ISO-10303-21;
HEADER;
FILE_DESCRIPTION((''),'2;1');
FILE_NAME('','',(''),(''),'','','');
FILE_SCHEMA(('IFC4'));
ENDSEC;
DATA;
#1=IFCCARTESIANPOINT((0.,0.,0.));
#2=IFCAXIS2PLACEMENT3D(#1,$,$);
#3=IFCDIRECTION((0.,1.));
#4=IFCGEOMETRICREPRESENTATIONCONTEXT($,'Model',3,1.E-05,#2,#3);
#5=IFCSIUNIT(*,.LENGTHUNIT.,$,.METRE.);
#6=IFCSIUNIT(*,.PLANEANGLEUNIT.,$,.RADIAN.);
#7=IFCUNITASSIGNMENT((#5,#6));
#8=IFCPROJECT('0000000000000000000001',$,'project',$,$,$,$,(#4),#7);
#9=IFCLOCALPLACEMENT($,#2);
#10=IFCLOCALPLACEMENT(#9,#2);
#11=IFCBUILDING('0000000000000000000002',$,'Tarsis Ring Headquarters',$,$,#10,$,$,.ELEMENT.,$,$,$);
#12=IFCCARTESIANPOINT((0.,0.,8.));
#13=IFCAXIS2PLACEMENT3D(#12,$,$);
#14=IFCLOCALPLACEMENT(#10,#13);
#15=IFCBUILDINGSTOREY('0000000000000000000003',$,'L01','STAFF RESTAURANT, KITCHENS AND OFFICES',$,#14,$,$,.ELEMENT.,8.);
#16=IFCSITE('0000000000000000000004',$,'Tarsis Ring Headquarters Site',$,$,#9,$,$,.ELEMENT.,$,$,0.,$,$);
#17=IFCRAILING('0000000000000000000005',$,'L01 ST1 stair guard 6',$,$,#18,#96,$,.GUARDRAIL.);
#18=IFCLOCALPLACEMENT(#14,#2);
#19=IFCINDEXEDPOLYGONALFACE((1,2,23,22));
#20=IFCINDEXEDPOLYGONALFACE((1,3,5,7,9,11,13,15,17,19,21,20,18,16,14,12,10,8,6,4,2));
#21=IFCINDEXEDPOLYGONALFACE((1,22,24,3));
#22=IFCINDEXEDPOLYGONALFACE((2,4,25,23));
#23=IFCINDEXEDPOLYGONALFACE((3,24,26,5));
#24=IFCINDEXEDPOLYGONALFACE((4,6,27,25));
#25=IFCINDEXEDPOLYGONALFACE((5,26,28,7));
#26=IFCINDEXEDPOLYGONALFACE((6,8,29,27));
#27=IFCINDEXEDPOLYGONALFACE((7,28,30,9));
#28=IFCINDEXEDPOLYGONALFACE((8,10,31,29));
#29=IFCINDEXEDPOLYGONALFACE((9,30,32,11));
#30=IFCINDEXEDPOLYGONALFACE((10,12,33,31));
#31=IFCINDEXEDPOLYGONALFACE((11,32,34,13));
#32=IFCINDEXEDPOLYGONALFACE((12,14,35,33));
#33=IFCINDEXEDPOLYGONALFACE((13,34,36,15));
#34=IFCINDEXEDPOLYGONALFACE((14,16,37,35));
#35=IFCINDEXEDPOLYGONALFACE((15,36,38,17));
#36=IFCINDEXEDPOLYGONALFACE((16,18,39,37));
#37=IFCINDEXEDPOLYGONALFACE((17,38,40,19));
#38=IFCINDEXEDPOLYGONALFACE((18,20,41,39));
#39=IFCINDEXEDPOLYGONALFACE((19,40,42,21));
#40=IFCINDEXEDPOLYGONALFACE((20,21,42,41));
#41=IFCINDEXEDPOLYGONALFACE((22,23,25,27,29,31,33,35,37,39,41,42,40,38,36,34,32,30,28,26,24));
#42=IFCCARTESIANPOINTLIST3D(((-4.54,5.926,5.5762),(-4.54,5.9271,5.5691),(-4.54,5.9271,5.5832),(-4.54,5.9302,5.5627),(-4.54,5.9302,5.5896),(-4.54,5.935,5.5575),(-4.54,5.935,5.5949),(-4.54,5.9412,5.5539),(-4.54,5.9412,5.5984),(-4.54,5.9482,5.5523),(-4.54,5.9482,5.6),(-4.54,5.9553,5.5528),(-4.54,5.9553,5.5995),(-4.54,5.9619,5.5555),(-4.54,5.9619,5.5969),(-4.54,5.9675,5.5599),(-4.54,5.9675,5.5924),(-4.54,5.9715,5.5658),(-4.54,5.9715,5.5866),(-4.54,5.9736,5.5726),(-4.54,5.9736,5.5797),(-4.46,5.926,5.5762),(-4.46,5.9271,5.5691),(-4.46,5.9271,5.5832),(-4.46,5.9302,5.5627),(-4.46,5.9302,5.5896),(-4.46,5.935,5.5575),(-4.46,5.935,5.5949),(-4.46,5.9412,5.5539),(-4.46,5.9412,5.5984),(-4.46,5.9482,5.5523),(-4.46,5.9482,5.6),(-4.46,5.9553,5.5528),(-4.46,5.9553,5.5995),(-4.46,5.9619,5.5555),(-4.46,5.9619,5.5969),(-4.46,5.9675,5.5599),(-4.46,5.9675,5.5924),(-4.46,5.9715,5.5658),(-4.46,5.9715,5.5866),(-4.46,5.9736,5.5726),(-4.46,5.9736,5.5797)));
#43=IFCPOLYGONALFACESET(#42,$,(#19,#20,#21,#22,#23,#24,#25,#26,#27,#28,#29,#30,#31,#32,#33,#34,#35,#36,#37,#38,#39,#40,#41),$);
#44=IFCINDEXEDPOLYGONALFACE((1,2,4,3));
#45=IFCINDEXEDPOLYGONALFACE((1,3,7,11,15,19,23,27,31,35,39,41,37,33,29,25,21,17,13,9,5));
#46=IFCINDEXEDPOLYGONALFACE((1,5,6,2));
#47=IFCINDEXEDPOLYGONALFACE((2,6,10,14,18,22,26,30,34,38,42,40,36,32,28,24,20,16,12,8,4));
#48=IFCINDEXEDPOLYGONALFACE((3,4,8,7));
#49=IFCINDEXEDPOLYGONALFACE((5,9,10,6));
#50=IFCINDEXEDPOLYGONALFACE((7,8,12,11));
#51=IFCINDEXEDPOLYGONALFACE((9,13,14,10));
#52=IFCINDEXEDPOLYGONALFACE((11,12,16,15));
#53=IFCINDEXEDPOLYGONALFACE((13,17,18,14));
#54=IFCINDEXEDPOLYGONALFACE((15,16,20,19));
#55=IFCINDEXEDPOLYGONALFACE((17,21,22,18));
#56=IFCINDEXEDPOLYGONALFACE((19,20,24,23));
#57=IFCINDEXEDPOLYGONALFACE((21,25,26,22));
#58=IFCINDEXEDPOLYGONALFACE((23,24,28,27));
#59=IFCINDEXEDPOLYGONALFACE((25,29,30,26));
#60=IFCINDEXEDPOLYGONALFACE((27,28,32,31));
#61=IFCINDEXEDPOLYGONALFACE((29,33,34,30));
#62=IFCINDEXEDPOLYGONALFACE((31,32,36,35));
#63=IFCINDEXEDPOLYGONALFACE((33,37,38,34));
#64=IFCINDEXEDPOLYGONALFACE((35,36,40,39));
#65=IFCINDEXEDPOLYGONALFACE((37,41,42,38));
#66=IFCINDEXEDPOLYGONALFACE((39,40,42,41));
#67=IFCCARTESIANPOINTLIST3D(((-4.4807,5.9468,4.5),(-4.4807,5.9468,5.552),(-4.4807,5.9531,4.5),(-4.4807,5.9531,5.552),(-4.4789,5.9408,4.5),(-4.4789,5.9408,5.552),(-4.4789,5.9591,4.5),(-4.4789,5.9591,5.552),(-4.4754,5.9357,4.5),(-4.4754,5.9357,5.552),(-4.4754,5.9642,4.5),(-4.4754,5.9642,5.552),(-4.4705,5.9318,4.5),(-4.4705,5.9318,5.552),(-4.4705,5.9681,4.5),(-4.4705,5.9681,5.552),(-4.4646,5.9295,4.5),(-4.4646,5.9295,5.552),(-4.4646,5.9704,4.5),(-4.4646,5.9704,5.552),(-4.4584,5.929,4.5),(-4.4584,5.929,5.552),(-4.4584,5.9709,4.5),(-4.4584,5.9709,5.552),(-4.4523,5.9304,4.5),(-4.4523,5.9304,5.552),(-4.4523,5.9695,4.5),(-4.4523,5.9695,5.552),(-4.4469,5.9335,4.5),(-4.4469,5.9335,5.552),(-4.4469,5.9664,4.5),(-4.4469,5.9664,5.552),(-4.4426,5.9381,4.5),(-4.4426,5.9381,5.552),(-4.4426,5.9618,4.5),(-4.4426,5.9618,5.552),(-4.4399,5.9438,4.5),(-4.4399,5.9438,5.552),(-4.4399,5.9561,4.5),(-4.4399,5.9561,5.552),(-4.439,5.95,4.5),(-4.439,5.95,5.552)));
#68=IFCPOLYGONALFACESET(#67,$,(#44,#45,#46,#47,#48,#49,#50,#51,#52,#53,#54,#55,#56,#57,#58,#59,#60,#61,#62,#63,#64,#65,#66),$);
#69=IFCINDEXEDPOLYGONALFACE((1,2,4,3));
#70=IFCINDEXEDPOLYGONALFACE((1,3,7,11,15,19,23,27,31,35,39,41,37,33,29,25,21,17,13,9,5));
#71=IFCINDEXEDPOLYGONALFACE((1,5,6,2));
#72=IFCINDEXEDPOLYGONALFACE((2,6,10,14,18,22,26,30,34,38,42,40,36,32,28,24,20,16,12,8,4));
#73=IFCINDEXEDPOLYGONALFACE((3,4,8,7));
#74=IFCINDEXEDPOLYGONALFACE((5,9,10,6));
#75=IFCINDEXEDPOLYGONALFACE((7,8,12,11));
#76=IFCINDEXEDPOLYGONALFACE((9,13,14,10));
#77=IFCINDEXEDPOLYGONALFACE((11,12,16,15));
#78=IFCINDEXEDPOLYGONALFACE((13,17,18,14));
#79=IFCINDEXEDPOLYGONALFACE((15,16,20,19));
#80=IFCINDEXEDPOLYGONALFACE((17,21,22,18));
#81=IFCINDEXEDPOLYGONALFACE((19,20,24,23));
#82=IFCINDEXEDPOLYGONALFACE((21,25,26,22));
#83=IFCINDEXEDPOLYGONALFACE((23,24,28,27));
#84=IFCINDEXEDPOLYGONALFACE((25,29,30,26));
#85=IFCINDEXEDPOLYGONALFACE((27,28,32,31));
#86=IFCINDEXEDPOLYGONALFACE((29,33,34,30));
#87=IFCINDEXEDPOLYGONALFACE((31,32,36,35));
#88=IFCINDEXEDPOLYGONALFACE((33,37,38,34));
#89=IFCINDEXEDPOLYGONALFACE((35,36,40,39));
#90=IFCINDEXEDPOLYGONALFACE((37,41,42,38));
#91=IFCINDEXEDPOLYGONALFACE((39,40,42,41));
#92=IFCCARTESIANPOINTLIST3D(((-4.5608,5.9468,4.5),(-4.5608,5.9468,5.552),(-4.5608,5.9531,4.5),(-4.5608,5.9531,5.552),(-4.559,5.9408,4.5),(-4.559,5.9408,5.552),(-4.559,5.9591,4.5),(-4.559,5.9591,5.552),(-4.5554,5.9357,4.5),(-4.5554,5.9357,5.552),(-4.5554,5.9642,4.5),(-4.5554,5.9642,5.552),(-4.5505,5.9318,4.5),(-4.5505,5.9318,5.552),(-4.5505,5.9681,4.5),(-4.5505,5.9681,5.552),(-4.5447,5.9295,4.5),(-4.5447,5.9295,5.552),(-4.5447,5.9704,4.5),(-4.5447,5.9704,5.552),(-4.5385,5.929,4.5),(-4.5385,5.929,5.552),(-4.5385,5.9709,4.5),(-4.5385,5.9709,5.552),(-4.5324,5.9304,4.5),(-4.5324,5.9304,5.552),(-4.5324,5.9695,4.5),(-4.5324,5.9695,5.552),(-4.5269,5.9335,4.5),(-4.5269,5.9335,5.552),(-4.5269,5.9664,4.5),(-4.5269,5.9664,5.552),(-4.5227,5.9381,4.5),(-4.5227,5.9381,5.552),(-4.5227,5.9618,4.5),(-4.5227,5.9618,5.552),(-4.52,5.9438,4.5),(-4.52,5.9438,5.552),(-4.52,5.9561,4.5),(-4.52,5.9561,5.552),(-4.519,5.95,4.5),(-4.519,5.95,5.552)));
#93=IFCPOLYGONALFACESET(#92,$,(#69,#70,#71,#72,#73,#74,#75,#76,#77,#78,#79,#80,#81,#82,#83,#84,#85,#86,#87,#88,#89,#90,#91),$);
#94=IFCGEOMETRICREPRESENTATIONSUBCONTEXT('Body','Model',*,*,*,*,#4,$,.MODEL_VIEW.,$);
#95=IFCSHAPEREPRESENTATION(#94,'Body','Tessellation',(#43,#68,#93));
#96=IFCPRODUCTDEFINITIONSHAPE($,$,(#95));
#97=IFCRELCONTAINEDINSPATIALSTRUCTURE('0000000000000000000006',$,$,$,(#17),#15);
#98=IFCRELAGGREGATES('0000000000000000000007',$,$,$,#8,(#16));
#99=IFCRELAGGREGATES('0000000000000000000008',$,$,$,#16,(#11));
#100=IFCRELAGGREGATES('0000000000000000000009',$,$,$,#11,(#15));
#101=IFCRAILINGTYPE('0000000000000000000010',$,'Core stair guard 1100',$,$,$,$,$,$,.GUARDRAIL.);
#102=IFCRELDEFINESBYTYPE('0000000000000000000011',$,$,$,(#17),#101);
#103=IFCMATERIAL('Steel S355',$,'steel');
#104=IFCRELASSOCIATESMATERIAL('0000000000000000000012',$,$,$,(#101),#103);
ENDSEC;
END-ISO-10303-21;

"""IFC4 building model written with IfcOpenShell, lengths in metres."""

from ifc_helpers import new_model, si_unit, direction, frame, origin, origin_2d, place, context, subcontext, project, spatial, circle, extrude, material, type_object, element, save


model = new_model("IFC4")

# Units and contexts
model_context = context("Model", 3, precision=1e-05, world=origin(), true_north=direction((0.0, 1.0)))
body_context = subcontext(model_context, "Body", "Model", "MODEL_VIEW")
ifc_project = project(units=[si_unit("LENGTHUNIT", "METRE"), si_unit("PLANEANGLEUNIT", "RADIAN")], contexts=[model_context])

# Site, building, storey
site_placement = place(None, origin())
site = spatial("IfcSite", under=ifc_project, at=site_placement, Name="Tarsis Ring Headquarters Site", CompositionType="ELEMENT", RefElevation=0.0)
building_placement = place(site_placement, origin())
building = spatial("IfcBuilding", under=site, at=building_placement, Name="Tarsis Ring Headquarters", CompositionType="ELEMENT")
storey_placement = place(building_placement, frame((0.0, 0.0, 8.0)))
storey = spatial("IfcBuildingStorey", under=building, at=storey_placement, Name="L01", Description="STAFF RESTAURANT, KITCHENS AND OFFICES", CompositionType="ELEMENT", Elevation=8.0)

# Shared definitions
ifc_material_1 = material(Name="Steel S355", Category="steel")

# Railing
railing_type_1 = type_object("IfcRailingType", Name="Core stair guard 1100", PredefinedType="GUARDRAIL", material=ifc_material_1)
railing_1_placement = place(storey_placement, frame((-4.46, 5.95, 4.5)))
element("IfcRailing", 1, at=railing_1_placement, inside=storey, type_object=railing_type_1, Name="L01 ST1 stair guard 6", PredefinedType="GUARDRAIL", context=body_context, shape_type="SweptSolid", body=[
    extrude(circle(Radius=0.0239, at=origin_2d()), frame((0.0, 0.0, 1.0762), z_axis=(-1.0, 0.0, 0.0), x_axis=(0.0, -1.0, 0.0)), (0.0, 0.0, 1.0), 0.0801),
    extrude(circle(Radius=0.021, at=origin_2d()), origin(), (0.0, 0.0, 1.0), 1.052),
    extrude(circle(Radius=0.021, at=origin_2d()), frame((-0.0801, 0.0, 0.0)), (0.0, 0.0, 1.0), 1.052),
])

save(model, "model.ifc")
